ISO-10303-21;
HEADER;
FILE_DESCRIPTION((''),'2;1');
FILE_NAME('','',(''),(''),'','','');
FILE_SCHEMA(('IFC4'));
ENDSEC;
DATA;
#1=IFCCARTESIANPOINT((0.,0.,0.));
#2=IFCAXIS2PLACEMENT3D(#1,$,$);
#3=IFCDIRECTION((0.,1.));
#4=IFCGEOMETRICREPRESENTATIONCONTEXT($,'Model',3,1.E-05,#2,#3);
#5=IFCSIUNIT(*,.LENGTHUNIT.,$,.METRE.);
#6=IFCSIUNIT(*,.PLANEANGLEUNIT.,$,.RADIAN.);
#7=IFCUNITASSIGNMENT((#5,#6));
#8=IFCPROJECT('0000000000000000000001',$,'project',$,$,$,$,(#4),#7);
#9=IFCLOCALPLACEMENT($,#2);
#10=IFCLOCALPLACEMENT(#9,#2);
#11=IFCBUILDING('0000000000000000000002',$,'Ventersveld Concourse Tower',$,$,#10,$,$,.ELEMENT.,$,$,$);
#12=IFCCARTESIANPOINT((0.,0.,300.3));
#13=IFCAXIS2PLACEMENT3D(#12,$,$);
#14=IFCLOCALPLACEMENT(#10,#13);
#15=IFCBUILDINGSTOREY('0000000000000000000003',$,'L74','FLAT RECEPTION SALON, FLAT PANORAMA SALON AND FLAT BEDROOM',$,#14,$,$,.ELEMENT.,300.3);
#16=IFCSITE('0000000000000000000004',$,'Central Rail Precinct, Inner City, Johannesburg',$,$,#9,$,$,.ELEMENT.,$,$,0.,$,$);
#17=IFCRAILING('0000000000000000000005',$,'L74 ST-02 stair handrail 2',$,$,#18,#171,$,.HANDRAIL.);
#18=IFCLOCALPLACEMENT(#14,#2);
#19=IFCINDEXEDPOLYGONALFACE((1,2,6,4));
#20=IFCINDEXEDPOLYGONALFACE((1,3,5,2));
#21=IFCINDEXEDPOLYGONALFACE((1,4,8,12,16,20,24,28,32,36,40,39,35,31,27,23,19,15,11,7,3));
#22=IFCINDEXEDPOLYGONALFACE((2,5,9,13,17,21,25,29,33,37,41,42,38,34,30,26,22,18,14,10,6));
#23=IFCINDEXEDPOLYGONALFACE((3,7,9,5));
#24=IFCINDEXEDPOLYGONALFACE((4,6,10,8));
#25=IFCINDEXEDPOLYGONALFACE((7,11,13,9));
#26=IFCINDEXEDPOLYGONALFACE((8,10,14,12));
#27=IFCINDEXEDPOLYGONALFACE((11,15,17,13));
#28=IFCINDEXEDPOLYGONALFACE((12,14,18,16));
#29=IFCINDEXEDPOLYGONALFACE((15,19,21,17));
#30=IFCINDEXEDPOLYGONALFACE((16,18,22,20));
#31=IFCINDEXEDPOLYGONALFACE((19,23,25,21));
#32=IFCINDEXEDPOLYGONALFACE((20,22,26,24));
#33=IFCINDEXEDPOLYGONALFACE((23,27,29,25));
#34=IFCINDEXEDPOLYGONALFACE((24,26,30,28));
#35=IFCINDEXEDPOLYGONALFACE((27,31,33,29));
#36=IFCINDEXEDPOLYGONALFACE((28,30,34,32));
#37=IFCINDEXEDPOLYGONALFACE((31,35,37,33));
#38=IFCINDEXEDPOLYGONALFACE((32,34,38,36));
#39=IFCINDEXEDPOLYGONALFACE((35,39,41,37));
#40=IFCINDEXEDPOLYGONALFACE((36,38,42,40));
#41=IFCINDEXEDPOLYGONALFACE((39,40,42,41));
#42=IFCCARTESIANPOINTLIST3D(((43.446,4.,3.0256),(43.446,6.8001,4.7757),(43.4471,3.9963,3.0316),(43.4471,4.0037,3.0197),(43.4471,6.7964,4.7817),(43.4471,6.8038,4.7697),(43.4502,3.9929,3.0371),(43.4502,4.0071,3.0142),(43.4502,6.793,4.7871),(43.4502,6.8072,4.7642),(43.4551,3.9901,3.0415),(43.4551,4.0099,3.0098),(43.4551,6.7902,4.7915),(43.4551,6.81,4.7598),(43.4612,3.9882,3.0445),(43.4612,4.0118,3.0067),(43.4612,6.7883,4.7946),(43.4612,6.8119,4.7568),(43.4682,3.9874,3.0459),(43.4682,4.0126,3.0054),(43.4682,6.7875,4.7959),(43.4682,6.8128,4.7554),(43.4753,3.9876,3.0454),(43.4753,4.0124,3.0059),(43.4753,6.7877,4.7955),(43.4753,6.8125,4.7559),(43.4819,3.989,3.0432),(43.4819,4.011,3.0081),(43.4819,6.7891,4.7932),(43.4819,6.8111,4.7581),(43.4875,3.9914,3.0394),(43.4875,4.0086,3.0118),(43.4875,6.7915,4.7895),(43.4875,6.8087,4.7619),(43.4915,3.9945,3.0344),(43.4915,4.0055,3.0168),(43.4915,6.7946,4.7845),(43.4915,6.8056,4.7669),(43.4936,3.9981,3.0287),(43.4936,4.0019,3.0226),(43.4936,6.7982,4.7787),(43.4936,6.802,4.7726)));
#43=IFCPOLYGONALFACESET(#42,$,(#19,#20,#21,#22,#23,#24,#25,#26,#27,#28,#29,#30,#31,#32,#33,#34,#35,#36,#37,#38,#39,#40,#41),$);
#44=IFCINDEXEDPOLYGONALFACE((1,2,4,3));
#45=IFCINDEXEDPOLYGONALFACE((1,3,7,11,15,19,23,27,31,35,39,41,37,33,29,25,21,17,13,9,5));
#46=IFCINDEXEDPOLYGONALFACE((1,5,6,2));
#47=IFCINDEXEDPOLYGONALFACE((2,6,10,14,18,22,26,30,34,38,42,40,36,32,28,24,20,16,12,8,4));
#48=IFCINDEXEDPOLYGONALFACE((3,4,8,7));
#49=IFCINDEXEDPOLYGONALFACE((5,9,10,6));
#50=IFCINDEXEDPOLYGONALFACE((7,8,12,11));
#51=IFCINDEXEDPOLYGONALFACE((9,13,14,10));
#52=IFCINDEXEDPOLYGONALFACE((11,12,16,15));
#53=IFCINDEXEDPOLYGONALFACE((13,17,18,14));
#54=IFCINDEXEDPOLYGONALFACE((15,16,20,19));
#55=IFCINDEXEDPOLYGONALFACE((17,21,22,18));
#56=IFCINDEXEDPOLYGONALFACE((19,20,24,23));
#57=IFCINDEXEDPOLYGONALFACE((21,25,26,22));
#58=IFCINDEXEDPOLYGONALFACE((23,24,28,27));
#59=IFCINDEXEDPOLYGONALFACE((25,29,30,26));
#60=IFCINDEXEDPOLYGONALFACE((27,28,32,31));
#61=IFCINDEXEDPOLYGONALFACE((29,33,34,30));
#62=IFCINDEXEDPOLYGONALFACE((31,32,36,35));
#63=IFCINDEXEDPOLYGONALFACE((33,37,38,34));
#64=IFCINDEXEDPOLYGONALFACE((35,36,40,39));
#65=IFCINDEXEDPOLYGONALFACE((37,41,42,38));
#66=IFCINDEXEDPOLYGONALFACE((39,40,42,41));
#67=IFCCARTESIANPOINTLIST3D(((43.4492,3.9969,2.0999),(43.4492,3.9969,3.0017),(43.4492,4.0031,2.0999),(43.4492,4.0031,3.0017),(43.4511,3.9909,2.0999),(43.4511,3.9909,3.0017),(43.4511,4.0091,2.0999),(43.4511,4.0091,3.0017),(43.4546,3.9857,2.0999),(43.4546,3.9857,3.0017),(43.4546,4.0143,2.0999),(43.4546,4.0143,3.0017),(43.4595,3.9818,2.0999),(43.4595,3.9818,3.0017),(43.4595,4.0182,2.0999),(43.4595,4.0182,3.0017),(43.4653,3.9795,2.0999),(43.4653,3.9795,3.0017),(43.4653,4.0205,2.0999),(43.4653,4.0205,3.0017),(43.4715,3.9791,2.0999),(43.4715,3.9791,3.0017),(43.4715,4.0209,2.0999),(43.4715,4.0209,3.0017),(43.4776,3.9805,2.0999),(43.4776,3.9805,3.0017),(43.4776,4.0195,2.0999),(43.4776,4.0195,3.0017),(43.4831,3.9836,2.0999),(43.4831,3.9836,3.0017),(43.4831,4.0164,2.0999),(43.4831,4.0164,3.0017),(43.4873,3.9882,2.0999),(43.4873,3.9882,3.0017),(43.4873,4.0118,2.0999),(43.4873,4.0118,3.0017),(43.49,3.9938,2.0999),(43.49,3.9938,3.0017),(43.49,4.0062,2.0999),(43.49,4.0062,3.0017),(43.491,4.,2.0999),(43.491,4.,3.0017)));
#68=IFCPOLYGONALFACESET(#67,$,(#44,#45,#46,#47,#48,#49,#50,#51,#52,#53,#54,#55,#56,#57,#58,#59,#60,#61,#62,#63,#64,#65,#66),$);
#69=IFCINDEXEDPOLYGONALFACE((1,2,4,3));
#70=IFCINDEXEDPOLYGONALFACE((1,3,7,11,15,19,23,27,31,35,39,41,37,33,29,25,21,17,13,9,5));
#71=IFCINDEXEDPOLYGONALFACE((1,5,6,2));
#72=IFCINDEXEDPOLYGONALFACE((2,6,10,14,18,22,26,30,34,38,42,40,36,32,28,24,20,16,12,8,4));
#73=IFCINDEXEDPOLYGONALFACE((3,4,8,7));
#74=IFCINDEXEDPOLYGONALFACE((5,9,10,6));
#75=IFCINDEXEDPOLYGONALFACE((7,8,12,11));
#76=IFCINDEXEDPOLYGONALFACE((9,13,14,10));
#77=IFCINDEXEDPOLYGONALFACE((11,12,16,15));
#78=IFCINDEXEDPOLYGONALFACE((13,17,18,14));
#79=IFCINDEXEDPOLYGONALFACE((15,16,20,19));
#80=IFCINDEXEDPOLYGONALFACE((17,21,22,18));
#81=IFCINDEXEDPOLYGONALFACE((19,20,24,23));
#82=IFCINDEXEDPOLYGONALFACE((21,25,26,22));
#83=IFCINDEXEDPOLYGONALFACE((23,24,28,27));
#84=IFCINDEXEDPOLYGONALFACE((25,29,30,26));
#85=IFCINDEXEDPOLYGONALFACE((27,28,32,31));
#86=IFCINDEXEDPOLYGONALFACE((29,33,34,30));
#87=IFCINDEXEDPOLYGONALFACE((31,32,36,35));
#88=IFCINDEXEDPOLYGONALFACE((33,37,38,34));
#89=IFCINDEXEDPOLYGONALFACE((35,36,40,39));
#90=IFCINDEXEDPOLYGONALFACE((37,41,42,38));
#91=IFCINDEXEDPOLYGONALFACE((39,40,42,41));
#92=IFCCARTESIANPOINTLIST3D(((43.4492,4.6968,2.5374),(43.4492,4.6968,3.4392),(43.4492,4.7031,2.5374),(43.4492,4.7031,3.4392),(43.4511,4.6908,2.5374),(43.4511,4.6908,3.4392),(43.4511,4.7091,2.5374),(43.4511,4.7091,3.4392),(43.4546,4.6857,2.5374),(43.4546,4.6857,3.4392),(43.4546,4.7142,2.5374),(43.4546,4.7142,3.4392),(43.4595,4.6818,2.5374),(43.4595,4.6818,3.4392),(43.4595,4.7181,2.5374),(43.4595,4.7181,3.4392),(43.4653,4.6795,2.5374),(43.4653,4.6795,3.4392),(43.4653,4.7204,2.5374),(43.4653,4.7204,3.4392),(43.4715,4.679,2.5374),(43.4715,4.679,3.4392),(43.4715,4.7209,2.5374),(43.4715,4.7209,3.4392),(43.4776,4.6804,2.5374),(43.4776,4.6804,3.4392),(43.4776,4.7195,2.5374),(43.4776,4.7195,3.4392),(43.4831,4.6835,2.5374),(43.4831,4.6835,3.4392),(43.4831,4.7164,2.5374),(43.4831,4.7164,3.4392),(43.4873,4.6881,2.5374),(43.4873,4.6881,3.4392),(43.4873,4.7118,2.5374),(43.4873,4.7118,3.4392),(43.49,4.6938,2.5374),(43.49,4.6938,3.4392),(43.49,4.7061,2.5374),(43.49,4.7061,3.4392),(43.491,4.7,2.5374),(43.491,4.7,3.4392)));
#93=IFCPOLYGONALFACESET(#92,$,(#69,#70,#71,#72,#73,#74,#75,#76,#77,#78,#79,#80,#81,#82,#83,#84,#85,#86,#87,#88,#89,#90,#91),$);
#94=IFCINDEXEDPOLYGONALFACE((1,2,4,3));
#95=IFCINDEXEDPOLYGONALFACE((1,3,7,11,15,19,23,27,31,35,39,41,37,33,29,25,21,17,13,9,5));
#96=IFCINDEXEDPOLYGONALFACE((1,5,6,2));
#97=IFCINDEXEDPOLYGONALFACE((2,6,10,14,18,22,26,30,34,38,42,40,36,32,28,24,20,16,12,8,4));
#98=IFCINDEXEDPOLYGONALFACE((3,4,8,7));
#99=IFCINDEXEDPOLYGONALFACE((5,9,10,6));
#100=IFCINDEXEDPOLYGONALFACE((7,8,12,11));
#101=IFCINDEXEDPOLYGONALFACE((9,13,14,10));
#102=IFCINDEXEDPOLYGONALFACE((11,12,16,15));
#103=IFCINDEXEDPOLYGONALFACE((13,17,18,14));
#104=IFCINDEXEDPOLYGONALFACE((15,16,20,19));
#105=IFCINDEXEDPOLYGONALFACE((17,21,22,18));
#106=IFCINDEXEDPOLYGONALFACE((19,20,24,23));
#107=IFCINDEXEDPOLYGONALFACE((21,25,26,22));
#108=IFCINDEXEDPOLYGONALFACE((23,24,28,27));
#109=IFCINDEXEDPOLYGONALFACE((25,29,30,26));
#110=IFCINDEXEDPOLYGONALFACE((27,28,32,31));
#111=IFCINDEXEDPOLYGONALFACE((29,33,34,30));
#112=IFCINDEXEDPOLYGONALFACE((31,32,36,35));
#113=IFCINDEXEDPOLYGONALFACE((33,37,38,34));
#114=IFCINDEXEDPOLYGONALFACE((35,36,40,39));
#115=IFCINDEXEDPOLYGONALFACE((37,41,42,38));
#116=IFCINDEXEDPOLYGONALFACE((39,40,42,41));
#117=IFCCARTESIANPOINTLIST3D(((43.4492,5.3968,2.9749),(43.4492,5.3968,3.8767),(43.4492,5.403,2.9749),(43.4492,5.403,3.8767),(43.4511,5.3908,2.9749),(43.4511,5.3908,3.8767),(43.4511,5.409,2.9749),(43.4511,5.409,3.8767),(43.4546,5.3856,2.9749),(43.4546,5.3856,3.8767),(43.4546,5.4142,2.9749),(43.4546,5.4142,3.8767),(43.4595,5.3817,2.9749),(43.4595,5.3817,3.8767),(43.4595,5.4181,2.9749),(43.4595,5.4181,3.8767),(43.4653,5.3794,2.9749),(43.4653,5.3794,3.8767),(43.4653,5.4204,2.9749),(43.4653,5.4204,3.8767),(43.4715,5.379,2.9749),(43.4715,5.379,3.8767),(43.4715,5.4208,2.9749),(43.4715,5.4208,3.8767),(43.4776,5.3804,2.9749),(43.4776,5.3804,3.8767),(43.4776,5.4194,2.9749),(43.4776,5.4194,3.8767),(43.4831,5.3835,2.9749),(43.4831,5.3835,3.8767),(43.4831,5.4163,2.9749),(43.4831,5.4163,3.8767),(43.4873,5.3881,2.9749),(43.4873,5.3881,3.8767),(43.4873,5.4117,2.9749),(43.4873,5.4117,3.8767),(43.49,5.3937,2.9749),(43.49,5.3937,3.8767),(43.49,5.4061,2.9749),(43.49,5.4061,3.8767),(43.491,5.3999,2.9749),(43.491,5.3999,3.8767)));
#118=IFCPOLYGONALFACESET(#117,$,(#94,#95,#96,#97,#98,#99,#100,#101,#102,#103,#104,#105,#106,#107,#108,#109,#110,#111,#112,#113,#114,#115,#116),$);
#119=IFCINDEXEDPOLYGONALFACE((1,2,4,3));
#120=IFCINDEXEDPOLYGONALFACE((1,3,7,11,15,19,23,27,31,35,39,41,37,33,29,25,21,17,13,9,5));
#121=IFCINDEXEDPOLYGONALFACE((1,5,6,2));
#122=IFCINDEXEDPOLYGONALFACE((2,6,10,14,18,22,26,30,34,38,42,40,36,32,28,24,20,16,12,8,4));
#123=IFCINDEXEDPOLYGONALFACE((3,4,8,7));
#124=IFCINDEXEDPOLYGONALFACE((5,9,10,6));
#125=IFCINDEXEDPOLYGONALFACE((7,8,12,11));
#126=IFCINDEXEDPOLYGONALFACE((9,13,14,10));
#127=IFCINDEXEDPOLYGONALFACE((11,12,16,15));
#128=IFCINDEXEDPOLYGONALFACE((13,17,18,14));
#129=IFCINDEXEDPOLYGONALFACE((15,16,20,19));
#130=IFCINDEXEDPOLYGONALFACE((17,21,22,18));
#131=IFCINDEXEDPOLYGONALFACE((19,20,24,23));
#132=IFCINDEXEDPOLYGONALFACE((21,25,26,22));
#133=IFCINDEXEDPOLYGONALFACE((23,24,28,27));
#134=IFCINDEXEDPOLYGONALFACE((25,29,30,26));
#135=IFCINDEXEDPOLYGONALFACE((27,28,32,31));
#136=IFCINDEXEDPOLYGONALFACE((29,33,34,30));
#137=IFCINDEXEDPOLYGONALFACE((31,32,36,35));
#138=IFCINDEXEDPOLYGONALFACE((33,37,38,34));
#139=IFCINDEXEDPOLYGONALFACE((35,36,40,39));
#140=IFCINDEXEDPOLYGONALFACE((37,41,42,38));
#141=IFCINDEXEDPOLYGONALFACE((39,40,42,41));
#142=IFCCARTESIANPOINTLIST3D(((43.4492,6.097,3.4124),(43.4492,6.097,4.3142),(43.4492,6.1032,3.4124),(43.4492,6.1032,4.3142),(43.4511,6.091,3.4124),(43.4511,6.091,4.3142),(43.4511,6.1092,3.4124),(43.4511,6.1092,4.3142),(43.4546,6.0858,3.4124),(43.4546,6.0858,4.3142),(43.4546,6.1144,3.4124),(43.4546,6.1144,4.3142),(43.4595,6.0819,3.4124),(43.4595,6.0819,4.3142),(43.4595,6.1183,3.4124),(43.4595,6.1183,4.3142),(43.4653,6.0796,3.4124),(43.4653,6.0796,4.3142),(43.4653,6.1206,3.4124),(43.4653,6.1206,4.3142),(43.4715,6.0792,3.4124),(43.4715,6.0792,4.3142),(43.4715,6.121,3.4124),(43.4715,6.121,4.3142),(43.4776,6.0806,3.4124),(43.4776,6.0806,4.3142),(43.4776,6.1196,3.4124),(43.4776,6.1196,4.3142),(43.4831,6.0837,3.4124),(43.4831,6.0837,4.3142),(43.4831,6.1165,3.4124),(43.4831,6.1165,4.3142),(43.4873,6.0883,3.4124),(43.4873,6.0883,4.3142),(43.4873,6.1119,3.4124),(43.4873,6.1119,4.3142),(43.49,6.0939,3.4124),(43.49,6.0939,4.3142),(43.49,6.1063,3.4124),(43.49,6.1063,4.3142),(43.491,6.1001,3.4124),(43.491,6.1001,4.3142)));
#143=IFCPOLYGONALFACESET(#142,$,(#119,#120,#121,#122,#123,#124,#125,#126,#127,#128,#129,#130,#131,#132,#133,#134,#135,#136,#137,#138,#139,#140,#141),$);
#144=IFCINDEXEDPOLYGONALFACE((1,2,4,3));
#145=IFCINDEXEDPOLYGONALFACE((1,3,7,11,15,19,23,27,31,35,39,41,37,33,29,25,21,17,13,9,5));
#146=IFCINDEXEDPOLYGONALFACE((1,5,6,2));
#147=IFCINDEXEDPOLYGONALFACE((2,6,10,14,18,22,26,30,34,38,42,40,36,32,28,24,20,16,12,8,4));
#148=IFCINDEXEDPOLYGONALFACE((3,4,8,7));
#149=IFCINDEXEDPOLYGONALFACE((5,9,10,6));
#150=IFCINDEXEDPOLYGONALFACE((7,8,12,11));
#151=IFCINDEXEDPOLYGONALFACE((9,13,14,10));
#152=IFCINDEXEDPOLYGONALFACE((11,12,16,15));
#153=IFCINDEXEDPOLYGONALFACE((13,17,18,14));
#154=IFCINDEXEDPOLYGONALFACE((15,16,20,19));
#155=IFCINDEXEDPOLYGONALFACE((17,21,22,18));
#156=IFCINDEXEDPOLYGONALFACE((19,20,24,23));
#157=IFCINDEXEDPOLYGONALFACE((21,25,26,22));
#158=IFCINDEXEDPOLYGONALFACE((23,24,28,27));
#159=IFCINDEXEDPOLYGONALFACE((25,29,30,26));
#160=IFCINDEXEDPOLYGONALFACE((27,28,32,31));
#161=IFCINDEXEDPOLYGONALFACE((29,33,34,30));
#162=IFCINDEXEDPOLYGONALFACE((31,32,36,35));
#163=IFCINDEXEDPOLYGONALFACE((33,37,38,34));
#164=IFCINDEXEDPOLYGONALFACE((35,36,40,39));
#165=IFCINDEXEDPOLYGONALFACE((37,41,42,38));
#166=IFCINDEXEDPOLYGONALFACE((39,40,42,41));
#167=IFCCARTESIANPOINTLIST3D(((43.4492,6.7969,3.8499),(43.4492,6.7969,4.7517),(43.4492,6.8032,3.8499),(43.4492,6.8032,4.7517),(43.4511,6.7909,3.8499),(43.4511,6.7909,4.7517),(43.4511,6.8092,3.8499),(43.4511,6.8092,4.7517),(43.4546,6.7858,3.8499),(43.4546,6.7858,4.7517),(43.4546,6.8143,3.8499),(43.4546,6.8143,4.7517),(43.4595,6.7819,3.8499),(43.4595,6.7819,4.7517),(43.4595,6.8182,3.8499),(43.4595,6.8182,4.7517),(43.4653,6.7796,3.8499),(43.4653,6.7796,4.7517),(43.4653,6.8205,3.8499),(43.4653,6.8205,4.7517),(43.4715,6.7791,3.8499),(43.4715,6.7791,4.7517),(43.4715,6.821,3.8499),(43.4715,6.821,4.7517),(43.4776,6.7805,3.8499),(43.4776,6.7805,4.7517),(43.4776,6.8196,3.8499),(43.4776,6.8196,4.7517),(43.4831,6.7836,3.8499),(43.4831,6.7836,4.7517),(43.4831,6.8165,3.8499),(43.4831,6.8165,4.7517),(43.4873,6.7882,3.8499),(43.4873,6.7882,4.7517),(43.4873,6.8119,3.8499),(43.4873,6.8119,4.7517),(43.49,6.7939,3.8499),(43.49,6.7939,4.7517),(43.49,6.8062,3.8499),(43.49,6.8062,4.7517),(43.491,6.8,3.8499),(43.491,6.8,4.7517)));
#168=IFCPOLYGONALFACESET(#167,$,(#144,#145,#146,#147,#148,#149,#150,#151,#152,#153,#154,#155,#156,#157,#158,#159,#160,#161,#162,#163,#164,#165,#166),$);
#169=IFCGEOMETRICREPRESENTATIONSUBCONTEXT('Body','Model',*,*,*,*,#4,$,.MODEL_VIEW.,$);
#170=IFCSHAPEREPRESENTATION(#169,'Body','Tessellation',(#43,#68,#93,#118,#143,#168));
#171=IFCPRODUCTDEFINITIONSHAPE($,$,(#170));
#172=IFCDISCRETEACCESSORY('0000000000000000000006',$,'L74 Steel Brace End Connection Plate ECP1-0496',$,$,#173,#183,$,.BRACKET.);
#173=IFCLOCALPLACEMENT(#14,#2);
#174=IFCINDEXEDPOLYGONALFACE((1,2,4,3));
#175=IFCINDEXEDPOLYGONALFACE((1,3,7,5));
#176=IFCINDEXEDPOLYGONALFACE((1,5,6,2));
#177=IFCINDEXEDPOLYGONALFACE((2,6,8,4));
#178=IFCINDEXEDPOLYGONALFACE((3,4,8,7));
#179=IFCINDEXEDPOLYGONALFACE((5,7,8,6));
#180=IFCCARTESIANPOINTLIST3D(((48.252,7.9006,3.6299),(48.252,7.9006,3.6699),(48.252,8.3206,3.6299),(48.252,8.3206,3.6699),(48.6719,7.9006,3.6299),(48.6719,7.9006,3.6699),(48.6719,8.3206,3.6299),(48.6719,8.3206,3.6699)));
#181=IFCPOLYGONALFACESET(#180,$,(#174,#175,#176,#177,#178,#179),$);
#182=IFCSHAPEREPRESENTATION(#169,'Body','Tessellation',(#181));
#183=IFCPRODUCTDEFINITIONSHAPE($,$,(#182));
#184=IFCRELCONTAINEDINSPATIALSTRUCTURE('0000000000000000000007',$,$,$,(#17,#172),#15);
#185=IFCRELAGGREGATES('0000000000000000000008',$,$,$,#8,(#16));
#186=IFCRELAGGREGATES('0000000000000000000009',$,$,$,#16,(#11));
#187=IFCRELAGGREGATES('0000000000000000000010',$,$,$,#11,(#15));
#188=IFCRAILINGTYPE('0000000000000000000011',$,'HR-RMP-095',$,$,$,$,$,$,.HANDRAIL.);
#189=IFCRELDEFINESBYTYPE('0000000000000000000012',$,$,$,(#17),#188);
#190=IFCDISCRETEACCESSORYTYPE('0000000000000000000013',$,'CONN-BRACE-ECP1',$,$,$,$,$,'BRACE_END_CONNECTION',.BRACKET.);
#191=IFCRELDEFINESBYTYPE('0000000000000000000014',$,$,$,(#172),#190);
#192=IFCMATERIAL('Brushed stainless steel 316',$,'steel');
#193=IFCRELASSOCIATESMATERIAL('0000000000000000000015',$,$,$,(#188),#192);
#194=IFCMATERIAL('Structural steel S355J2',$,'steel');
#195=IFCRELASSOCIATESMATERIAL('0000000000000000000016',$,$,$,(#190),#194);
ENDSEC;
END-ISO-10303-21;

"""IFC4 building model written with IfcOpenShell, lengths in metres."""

from ifc_helpers import new_model, si_unit, direction, frame, origin, origin_2d, place, context, subcontext, project, spatial, rectangle, circle, extrude, material, type_object, element, save


model = new_model("IFC4")

# Units and contexts
model_context = context("Model", 3, precision=1e-05, world=origin(), true_north=direction((0.0, 1.0)))
body_context = subcontext(model_context, "Body", "Model", "MODEL_VIEW")
ifc_project = project(units=[si_unit("LENGTHUNIT", "METRE"), si_unit("PLANEANGLEUNIT", "RADIAN")], contexts=[model_context])

# Site, building, storey
site_placement = place(None, origin())
site = spatial("IfcSite", under=ifc_project, at=site_placement, Name="Central Rail Precinct, Inner City, Johannesburg", CompositionType="ELEMENT", RefElevation=0.0)
building_placement = place(site_placement, origin())
building = spatial("IfcBuilding", under=site, at=building_placement, Name="Ventersveld Concourse Tower", CompositionType="ELEMENT")
storey_placement = place(building_placement, frame((0.0, 0.0, 300.3)))
storey = spatial("IfcBuildingStorey", under=building, at=storey_placement, Name="L74", Description="FLAT RECEPTION SALON, FLAT PANORAMA SALON AND FLAT BEDROOM", CompositionType="ELEMENT", Elevation=300.3)

# Shared definitions
ifc_material_1 = material(Name="Structural steel S355J2", Category="steel")

# Railing
ifc_material_2 = material(Name="Brushed stainless steel 316", Category="steel")
railing_type = type_object("IfcRailingType", Name="HR-RMP-095", PredefinedType="HANDRAIL", material=ifc_material_2)
railing_placement = place(storey_placement, frame((43.47, 4.0, 2.0999)))
element("IfcRailing", 1, at=railing_placement, inside=storey, type_object=railing_type, Name="L74 ST-02 stair handrail 2", PredefinedType="HANDRAIL", context=body_context, shape_type="SweptSolid", body=[
    extrude(circle(Radius=0.0239, at=origin_2d()), frame((0.0, 0.0, 0.9258), z_axis=(0.0, 0.848002, 0.529992), x_axis=(-1.0, 0.0, 0.0)), (0.0, 0.0, 1.0), 3.302),
    extrude(circle(Radius=0.021, at=origin_2d()), origin(), (0.0, 0.0, 1.0), 0.9019),
    extrude(circle(Radius=0.021, at=origin_2d()), frame((0.0, 0.7, 0.4375)), (0.0, 0.0, 1.0), 0.9019),
    extrude(circle(Radius=0.021, at=origin_2d()), frame((0.0, 1.3999, 0.875)), (0.0, 0.0, 1.0), 0.9019),
    extrude(circle(Radius=0.021, at=origin_2d()), frame((0.0, 2.1001, 1.3125)), (0.0, 0.0, 1.0), 0.9019),
    extrude(circle(Radius=0.021, at=origin_2d()), frame((0.0, 2.8, 1.75)), (0.0, 0.0, 1.0), 0.9019),
])

# Discrete accessory
discrete_accessory_type = type_object("IfcDiscreteAccessoryType", Name="CONN-BRACE-ECP1", ElementType="BRACE_END_CONNECTION", PredefinedType="BRACKET", material=ifc_material_1)
discrete_accessory_placement = place(storey_placement, frame((48.4619, 8.1106, 3.6299), z_axis=(0.0, 0.0, 1.0), x_axis=(1.0, 0.0, 0.0)))
element("IfcDiscreteAccessory", 2, at=discrete_accessory_placement, inside=storey, type_object=discrete_accessory_type, Name="L74 Steel Brace End Connection Plate ECP1-0496", PredefinedType="BRACKET", context=body_context, shape_type="SweptSolid", body=[
    extrude(rectangle(XDim=0.4199, YDim=0.4199, at=origin_2d()), origin(), (0.0, 0.0, 1.0), 0.04),
])

save(model, "model.ifc")
